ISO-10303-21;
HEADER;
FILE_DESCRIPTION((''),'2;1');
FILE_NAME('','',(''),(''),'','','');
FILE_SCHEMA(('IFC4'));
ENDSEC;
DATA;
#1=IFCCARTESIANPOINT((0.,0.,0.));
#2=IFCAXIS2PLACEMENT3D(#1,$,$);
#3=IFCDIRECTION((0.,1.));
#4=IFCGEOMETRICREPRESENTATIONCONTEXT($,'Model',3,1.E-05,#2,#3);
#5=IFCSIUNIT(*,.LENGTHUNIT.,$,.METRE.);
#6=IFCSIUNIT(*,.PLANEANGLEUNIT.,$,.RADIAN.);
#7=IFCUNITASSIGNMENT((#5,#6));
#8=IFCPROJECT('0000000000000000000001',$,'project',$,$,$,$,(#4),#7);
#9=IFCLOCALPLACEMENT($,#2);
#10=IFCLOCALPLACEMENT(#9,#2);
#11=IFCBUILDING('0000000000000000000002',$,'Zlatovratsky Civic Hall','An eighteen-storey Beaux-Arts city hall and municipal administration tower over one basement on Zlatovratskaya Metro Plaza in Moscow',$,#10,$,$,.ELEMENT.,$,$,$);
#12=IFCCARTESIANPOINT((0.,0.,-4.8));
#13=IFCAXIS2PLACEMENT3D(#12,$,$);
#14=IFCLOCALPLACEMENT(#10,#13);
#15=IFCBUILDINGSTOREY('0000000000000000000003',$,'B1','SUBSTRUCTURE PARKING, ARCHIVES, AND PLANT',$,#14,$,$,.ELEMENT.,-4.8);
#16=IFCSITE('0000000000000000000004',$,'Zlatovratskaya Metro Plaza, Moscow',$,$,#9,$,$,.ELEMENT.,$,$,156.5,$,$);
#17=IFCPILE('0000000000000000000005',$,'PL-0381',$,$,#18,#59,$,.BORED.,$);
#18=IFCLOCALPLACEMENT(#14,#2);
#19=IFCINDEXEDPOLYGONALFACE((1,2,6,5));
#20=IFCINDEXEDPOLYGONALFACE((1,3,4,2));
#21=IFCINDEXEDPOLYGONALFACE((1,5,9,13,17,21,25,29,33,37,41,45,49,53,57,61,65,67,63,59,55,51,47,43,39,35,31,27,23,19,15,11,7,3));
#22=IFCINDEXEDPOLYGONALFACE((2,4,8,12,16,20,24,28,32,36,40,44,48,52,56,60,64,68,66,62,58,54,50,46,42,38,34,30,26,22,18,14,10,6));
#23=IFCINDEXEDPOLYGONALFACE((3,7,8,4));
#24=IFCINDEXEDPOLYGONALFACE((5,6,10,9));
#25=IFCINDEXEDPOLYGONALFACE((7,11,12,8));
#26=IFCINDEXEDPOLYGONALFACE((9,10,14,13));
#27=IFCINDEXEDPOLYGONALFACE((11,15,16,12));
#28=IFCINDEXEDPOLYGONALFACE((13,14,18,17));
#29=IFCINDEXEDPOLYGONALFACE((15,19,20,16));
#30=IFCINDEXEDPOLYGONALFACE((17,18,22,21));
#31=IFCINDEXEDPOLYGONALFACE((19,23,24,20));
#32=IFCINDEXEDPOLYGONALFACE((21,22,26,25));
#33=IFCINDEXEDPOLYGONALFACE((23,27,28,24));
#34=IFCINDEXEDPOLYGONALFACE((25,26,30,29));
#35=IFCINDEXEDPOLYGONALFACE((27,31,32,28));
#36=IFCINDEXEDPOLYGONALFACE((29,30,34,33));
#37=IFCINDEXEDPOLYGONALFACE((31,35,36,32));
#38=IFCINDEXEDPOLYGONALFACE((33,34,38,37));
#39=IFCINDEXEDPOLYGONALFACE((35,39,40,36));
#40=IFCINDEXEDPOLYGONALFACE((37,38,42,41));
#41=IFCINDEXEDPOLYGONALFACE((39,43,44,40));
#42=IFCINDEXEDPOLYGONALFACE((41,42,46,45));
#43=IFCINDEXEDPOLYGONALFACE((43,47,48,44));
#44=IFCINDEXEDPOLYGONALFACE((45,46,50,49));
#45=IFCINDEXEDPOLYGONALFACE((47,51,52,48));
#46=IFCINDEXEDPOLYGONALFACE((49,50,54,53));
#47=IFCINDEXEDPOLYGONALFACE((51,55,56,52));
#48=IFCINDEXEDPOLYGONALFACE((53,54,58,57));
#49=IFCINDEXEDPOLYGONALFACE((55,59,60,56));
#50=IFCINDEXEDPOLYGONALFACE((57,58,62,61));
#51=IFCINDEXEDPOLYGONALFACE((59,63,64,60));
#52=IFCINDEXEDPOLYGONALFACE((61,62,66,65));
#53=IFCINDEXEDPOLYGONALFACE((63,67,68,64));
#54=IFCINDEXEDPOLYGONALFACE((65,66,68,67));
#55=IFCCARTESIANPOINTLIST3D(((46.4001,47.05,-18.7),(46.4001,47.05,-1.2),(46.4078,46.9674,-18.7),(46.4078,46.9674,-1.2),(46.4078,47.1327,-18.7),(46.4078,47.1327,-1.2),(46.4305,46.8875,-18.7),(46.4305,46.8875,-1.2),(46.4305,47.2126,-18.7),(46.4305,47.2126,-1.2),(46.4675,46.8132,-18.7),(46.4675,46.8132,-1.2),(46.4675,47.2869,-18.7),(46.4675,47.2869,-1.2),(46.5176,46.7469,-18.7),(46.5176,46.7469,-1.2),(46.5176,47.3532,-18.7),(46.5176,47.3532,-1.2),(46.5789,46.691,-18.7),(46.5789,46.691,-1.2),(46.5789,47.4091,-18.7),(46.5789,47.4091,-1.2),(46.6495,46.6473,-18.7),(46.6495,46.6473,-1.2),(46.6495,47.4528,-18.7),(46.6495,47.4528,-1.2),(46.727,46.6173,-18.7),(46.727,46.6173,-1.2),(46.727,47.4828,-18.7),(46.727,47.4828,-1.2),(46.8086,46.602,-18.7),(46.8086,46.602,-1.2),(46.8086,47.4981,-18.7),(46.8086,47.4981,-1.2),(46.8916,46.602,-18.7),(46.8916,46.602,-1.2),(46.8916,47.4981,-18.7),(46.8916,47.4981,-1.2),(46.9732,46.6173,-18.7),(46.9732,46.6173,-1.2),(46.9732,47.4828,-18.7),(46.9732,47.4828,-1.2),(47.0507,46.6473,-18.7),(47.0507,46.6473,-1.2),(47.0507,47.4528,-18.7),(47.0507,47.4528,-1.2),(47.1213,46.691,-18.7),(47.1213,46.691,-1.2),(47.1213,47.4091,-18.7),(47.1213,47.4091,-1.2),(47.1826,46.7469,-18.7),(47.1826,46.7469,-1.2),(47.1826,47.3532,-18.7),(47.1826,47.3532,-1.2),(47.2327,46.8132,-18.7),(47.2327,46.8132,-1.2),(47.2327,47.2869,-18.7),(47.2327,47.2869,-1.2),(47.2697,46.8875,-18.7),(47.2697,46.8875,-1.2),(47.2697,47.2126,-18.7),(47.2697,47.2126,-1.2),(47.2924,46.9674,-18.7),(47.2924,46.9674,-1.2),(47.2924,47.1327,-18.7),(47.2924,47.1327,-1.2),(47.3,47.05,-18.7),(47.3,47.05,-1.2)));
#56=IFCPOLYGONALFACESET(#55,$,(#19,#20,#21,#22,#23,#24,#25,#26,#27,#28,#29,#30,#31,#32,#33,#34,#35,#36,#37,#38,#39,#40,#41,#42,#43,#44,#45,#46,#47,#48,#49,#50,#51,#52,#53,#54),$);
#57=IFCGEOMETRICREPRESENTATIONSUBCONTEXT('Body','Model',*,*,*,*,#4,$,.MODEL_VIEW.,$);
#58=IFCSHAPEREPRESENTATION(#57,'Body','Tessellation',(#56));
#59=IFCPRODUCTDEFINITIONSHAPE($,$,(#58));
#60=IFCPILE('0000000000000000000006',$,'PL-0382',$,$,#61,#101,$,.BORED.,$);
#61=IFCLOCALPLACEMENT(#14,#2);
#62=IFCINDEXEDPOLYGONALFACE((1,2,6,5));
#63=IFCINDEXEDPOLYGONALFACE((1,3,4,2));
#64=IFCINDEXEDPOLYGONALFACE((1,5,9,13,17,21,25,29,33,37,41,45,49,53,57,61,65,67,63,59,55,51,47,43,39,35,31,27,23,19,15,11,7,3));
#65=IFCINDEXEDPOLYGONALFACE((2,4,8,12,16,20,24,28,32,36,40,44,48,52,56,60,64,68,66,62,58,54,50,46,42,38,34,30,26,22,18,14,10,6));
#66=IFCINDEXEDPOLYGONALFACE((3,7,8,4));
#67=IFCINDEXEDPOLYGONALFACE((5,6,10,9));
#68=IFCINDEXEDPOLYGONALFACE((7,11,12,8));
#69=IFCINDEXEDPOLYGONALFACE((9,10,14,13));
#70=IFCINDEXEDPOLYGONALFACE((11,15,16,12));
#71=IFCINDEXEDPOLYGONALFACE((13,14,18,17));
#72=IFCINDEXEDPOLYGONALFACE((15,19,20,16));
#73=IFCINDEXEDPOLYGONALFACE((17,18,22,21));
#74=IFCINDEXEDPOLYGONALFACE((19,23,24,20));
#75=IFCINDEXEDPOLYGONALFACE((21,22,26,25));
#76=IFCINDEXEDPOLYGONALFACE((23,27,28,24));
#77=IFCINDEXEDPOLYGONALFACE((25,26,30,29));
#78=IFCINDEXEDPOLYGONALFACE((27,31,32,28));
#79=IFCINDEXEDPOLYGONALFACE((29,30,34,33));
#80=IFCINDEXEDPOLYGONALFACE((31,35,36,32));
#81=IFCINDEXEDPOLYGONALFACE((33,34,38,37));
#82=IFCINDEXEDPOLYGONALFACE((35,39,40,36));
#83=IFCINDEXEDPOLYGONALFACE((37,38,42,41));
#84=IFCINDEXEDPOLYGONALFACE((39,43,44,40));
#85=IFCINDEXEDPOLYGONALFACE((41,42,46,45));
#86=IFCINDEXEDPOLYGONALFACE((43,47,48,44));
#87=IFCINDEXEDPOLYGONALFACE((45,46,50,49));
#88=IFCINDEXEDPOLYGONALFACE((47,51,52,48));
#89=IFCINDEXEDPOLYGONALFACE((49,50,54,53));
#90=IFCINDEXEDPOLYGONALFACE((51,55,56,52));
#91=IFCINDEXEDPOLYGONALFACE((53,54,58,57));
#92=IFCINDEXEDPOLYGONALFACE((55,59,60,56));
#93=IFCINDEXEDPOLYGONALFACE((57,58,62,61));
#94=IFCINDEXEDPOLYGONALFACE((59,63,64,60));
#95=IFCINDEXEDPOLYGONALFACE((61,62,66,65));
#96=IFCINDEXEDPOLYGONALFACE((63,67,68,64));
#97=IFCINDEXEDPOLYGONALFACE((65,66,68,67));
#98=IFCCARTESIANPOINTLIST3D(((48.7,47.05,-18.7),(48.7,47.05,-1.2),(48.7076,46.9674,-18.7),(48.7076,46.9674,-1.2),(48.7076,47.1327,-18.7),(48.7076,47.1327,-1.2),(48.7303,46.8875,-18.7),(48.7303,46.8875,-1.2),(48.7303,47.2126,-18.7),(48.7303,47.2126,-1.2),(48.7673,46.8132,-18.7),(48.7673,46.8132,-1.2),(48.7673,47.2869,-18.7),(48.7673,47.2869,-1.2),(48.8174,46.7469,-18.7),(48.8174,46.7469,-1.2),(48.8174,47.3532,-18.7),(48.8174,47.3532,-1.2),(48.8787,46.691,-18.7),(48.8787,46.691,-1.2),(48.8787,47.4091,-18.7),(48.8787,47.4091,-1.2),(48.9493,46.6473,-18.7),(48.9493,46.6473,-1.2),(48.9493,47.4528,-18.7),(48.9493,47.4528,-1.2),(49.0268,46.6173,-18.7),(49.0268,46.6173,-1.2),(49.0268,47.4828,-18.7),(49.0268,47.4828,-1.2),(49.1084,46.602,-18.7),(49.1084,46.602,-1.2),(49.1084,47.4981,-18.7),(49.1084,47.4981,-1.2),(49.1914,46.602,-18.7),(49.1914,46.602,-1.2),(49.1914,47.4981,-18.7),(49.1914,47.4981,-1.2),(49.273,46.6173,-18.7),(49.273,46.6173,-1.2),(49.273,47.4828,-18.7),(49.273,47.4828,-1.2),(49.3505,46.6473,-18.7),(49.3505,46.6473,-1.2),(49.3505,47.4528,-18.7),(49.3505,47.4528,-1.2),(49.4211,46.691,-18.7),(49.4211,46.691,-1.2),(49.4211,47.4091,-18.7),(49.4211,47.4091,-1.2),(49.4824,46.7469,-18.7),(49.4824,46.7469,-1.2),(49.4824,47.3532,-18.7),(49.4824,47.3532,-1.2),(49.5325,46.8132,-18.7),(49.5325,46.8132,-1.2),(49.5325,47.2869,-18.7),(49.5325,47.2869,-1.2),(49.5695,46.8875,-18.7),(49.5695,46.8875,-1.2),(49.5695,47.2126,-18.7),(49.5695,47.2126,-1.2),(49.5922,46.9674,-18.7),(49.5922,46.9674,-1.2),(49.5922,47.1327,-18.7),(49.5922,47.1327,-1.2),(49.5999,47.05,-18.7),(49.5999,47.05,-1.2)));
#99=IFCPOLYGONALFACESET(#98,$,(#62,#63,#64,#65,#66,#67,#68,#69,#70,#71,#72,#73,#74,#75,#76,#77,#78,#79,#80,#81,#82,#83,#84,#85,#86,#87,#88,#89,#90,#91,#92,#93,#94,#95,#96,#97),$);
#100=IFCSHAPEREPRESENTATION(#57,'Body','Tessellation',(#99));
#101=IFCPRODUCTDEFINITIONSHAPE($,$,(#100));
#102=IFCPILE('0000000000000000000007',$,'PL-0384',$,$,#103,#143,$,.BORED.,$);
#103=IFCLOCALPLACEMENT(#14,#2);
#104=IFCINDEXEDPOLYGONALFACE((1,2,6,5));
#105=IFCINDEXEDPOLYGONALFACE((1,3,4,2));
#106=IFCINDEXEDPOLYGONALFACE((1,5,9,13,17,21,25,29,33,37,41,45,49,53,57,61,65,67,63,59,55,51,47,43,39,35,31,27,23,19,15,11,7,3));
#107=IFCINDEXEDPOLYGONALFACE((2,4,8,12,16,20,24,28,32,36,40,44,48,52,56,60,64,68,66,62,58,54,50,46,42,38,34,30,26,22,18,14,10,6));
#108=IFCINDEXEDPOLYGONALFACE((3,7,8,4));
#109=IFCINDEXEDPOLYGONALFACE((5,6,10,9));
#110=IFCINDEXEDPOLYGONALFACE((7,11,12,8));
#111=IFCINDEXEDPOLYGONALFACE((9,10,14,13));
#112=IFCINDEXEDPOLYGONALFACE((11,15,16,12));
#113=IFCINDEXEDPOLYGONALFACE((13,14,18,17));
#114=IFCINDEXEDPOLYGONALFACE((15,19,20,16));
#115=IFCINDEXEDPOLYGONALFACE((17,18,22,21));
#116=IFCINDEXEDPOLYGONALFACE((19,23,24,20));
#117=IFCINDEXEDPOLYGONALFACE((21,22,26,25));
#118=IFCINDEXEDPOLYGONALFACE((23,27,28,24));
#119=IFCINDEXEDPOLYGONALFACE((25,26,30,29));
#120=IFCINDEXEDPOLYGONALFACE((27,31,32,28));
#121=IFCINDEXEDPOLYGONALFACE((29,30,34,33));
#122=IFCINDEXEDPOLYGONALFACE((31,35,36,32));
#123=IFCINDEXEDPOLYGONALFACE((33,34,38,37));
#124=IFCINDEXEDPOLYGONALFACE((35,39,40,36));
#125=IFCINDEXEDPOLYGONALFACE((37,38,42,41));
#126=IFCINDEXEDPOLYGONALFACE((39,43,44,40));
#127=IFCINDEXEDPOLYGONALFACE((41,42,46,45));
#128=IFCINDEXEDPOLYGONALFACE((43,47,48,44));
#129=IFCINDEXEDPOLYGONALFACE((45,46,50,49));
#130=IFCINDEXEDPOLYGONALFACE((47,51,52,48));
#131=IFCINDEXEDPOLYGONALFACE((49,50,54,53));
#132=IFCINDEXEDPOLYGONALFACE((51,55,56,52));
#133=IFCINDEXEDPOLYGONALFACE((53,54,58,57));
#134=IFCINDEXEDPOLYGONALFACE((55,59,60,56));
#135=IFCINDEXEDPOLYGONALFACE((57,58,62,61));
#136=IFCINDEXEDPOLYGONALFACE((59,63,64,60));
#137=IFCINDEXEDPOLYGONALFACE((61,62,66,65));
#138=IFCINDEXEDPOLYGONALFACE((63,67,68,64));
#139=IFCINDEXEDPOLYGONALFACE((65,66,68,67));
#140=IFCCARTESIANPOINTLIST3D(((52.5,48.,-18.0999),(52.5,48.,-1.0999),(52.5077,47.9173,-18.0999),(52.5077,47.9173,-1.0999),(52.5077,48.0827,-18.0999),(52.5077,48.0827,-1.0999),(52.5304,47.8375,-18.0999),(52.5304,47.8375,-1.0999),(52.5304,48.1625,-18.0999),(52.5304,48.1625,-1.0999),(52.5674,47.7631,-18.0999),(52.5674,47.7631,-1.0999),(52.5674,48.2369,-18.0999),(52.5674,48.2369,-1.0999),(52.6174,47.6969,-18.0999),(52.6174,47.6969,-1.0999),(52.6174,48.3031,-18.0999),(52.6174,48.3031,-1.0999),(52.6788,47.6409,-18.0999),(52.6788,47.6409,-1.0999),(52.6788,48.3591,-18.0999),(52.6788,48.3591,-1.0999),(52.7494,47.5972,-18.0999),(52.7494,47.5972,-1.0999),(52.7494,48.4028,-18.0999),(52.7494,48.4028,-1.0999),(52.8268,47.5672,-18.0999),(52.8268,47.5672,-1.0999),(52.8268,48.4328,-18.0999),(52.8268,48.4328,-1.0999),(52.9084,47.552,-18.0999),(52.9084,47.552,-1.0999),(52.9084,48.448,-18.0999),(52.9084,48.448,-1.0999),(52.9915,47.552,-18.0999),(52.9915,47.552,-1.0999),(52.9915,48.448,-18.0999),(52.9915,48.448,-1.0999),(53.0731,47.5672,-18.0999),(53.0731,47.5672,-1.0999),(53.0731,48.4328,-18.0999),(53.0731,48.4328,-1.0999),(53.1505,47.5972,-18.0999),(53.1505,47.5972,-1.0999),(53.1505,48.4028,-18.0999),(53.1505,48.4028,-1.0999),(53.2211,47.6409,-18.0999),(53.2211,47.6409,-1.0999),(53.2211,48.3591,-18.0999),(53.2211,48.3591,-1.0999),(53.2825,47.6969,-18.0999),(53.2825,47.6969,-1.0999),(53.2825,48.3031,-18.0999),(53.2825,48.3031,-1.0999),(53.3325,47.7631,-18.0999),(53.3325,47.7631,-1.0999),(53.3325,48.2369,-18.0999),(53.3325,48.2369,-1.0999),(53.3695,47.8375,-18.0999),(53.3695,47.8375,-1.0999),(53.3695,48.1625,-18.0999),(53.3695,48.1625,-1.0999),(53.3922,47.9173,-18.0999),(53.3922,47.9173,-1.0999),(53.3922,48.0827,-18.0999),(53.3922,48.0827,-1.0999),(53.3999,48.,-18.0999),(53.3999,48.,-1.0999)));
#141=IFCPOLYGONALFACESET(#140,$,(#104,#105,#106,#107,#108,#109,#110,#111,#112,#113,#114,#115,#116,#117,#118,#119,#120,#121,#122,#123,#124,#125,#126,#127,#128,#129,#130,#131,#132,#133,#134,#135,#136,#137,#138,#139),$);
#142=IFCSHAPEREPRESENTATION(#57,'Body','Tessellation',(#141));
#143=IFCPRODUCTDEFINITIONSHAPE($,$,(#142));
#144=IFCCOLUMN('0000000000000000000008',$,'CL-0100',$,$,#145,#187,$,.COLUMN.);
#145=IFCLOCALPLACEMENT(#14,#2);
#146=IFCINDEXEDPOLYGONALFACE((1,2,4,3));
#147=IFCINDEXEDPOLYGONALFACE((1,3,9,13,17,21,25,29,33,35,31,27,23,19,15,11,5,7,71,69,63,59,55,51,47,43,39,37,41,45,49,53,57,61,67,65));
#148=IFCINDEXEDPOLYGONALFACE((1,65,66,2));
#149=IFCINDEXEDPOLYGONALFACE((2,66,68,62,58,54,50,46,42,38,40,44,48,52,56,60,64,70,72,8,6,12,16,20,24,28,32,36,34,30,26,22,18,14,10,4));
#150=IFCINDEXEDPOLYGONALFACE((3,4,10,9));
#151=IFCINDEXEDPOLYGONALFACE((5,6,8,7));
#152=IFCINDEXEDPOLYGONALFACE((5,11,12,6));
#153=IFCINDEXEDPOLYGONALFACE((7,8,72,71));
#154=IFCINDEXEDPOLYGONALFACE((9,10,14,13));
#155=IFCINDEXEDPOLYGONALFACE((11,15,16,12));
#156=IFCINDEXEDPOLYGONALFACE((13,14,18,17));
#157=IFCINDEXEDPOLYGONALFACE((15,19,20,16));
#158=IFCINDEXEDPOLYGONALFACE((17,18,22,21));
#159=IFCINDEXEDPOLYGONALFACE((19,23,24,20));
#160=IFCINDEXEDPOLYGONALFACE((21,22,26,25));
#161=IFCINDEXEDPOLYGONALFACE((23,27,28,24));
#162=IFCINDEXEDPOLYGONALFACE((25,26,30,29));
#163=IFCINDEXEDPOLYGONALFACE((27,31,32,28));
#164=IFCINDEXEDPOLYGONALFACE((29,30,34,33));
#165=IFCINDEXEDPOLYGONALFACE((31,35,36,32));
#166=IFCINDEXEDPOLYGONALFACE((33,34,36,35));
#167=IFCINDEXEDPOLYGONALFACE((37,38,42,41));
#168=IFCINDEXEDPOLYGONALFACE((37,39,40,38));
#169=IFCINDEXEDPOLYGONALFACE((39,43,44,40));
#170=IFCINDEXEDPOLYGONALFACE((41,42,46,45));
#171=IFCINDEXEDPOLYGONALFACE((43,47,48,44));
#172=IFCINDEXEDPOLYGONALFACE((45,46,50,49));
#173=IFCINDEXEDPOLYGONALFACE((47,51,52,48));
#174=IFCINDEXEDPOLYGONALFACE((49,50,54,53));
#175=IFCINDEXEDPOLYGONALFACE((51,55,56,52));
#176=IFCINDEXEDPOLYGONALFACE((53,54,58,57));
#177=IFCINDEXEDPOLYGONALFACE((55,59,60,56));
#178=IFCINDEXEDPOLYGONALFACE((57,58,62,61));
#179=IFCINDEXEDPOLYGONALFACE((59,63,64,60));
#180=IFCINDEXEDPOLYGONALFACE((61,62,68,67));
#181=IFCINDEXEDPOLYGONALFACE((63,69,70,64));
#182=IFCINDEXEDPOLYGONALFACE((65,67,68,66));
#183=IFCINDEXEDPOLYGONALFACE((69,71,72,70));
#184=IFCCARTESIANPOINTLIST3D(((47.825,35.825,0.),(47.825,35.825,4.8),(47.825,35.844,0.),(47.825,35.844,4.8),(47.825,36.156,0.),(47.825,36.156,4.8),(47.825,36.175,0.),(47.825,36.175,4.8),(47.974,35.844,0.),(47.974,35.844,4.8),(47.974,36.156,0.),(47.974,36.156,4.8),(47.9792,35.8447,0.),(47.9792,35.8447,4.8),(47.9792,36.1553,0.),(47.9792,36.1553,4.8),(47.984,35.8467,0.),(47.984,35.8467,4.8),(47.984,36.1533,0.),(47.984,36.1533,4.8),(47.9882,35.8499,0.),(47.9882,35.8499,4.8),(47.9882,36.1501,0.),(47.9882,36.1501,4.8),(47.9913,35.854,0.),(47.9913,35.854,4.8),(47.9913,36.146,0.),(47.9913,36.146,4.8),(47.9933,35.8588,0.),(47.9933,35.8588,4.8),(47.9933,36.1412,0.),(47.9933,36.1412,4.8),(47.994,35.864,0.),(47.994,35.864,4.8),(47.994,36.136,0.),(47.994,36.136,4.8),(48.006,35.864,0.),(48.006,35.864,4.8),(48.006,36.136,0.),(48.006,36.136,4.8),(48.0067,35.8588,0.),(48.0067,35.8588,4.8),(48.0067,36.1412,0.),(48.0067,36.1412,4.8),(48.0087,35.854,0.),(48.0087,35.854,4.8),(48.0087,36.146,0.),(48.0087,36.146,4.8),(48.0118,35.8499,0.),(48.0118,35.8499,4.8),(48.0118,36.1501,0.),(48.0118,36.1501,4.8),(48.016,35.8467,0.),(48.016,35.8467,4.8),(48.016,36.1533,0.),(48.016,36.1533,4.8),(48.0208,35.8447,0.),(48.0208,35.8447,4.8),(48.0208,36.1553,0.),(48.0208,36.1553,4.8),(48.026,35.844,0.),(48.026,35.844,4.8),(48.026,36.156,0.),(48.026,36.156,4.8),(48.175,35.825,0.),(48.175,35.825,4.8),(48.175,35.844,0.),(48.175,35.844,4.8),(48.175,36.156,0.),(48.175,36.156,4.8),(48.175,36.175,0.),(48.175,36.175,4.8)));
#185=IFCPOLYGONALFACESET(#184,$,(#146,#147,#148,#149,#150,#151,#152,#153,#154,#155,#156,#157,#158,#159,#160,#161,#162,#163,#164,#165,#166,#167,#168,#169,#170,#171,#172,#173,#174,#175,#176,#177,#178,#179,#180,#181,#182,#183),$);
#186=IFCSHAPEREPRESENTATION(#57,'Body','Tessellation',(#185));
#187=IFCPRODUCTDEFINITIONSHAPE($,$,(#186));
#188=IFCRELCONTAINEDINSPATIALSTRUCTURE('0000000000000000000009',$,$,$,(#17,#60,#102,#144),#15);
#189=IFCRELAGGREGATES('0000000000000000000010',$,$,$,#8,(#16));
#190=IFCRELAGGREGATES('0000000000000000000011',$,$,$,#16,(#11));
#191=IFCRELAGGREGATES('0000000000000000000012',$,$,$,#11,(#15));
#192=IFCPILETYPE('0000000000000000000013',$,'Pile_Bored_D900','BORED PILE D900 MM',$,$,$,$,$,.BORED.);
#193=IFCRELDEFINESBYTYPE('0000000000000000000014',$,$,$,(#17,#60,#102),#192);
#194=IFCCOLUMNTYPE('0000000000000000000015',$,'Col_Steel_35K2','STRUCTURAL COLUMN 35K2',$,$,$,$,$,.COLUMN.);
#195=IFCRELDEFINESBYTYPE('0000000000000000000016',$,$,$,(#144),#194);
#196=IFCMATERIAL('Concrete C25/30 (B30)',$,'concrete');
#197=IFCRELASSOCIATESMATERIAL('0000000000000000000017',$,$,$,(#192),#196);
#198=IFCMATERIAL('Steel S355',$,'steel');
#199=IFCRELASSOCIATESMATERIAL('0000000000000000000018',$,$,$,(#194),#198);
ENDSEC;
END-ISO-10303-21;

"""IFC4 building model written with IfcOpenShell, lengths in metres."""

from ifc_helpers import new_model, si_unit, direction, frame, origin, origin_2d, place, context, subcontext, project, spatial, circle, i_section, extrude, material, material_profile, profile_set, type_object, element, save


model = new_model("IFC4")

# Units and contexts
model_context = context("Model", 3, precision=1e-05, world=origin(), true_north=direction((0.0, 1.0)))
body_context = subcontext(model_context, "Body", "Model", "MODEL_VIEW")
ifc_project = project(units=[si_unit("LENGTHUNIT", "METRE"), si_unit("PLANEANGLEUNIT", "RADIAN")], contexts=[model_context])

# Site, building, storey
site_placement = place(None, origin())
site = spatial("IfcSite", under=ifc_project, at=site_placement, Name="Zlatovratskaya Metro Plaza, Moscow", CompositionType="ELEMENT", RefElevation=156.5)
building_placement = place(site_placement, origin())
building = spatial("IfcBuilding", under=site, at=building_placement, Name="Zlatovratsky Civic Hall", Description="An eighteen-storey Beaux-Arts city hall and municipal administration tower over one basement on Zlatovratskaya Metro Plaza in Moscow", CompositionType="ELEMENT")
storey_placement = place(building_placement, frame((0.0, 0.0, -4.8)))
storey = spatial("IfcBuildingStorey", under=building, at=storey_placement, Name="B1", Description="SUBSTRUCTURE PARKING, ARCHIVES, AND PLANT", CompositionType="ELEMENT", Elevation=-4.8)

# Shared definitions
ifc_material_1 = material(Name="Concrete C25/30 (B30)", Category="concrete")

# Piles
ifc_material_profile_1 = material_profile(ifc_material_1, circle(Radius=0.45, at=origin_2d()), Name="PILE D900")
ifc_profile_set_1 = profile_set([ifc_material_profile_1], Name="Concrete C25/30 (B30)")
pile_type_1 = type_object("IfcPileType", Name="Pile_Bored_D900", Description="BORED PILE D900 MM", PredefinedType="BORED", material=ifc_profile_set_1)
for number, where, z_axis, x_axis, name in (
    (1, (46.8501, 47.05, -1.2), (0.0, 0.0, -1.0), (1.0, 0.0, 0.0), "PL-0381"),
    (2, (49.1499, 47.05, -1.2), (0.0, 0.0, -1.0), (1.0, 0.0, 0.0), "PL-0382"),
):
    element("IfcPile", number, at=place(storey_placement, frame(where, z_axis=z_axis, x_axis=x_axis)), inside=storey, type_object=pile_type_1, Name=name, PredefinedType="BORED", context=body_context, shape_type="SweptSolid", body=[
        extrude(circle(Radius=0.45, at=origin_2d()), origin(), (0.0, 0.0, 1.0), 17.5),
    ])
pile_1_placement = place(storey_placement, frame((52.95, 48.0, -1.0999), z_axis=(0.0, 0.0, -1.0), x_axis=(1.0, 0.0, 0.0)))
element("IfcPile", 3, at=pile_1_placement, inside=storey, type_object=pile_type_1, Name="PL-0384", PredefinedType="BORED", context=body_context, shape_type="SweptSolid", body=[
    extrude(circle(Radius=0.45, at=origin_2d()), origin(), (0.0, 0.0, 1.0), 17.0),
])

# Column
ifc_material_2 = material(Name="Steel S355", Category="steel")
ifc_material_profile_2 = material_profile(ifc_material_2, i_section(OverallWidth=0.3501, OverallDepth=0.3501, WebThickness=0.012, FlangeThickness=0.019, FilletRadius=0.02, at=origin_2d()), Name="35K2")
ifc_profile_set_2 = profile_set([ifc_material_profile_2], Name="Steel S355")
column_type = type_object("IfcColumnType", Name="Col_Steel_35K2", Description="STRUCTURAL COLUMN 35K2", PredefinedType="COLUMN", material=ifc_profile_set_2)
for number, where, z_axis, x_axis, name in (
    (4, (48.0, 36.0, 0.0), (0.0, 0.0, 1.0), (1.0, 0.0, 0.0), "CL-0100"),
):
    element("IfcColumn", number, at=place(storey_placement, frame(where, z_axis=z_axis, x_axis=x_axis)), inside=storey, type_object=column_type, Name=name, PredefinedType="COLUMN", context=body_context, shape_type="SweptSolid", body=[
        extrude(i_section(OverallWidth=0.3501, OverallDepth=0.3501, WebThickness=0.012, FlangeThickness=0.019, FilletRadius=0.02, at=origin_2d()), origin(), (0.0, 0.0, 1.0), 4.8),
    ])

save(model, "model.ifc")
